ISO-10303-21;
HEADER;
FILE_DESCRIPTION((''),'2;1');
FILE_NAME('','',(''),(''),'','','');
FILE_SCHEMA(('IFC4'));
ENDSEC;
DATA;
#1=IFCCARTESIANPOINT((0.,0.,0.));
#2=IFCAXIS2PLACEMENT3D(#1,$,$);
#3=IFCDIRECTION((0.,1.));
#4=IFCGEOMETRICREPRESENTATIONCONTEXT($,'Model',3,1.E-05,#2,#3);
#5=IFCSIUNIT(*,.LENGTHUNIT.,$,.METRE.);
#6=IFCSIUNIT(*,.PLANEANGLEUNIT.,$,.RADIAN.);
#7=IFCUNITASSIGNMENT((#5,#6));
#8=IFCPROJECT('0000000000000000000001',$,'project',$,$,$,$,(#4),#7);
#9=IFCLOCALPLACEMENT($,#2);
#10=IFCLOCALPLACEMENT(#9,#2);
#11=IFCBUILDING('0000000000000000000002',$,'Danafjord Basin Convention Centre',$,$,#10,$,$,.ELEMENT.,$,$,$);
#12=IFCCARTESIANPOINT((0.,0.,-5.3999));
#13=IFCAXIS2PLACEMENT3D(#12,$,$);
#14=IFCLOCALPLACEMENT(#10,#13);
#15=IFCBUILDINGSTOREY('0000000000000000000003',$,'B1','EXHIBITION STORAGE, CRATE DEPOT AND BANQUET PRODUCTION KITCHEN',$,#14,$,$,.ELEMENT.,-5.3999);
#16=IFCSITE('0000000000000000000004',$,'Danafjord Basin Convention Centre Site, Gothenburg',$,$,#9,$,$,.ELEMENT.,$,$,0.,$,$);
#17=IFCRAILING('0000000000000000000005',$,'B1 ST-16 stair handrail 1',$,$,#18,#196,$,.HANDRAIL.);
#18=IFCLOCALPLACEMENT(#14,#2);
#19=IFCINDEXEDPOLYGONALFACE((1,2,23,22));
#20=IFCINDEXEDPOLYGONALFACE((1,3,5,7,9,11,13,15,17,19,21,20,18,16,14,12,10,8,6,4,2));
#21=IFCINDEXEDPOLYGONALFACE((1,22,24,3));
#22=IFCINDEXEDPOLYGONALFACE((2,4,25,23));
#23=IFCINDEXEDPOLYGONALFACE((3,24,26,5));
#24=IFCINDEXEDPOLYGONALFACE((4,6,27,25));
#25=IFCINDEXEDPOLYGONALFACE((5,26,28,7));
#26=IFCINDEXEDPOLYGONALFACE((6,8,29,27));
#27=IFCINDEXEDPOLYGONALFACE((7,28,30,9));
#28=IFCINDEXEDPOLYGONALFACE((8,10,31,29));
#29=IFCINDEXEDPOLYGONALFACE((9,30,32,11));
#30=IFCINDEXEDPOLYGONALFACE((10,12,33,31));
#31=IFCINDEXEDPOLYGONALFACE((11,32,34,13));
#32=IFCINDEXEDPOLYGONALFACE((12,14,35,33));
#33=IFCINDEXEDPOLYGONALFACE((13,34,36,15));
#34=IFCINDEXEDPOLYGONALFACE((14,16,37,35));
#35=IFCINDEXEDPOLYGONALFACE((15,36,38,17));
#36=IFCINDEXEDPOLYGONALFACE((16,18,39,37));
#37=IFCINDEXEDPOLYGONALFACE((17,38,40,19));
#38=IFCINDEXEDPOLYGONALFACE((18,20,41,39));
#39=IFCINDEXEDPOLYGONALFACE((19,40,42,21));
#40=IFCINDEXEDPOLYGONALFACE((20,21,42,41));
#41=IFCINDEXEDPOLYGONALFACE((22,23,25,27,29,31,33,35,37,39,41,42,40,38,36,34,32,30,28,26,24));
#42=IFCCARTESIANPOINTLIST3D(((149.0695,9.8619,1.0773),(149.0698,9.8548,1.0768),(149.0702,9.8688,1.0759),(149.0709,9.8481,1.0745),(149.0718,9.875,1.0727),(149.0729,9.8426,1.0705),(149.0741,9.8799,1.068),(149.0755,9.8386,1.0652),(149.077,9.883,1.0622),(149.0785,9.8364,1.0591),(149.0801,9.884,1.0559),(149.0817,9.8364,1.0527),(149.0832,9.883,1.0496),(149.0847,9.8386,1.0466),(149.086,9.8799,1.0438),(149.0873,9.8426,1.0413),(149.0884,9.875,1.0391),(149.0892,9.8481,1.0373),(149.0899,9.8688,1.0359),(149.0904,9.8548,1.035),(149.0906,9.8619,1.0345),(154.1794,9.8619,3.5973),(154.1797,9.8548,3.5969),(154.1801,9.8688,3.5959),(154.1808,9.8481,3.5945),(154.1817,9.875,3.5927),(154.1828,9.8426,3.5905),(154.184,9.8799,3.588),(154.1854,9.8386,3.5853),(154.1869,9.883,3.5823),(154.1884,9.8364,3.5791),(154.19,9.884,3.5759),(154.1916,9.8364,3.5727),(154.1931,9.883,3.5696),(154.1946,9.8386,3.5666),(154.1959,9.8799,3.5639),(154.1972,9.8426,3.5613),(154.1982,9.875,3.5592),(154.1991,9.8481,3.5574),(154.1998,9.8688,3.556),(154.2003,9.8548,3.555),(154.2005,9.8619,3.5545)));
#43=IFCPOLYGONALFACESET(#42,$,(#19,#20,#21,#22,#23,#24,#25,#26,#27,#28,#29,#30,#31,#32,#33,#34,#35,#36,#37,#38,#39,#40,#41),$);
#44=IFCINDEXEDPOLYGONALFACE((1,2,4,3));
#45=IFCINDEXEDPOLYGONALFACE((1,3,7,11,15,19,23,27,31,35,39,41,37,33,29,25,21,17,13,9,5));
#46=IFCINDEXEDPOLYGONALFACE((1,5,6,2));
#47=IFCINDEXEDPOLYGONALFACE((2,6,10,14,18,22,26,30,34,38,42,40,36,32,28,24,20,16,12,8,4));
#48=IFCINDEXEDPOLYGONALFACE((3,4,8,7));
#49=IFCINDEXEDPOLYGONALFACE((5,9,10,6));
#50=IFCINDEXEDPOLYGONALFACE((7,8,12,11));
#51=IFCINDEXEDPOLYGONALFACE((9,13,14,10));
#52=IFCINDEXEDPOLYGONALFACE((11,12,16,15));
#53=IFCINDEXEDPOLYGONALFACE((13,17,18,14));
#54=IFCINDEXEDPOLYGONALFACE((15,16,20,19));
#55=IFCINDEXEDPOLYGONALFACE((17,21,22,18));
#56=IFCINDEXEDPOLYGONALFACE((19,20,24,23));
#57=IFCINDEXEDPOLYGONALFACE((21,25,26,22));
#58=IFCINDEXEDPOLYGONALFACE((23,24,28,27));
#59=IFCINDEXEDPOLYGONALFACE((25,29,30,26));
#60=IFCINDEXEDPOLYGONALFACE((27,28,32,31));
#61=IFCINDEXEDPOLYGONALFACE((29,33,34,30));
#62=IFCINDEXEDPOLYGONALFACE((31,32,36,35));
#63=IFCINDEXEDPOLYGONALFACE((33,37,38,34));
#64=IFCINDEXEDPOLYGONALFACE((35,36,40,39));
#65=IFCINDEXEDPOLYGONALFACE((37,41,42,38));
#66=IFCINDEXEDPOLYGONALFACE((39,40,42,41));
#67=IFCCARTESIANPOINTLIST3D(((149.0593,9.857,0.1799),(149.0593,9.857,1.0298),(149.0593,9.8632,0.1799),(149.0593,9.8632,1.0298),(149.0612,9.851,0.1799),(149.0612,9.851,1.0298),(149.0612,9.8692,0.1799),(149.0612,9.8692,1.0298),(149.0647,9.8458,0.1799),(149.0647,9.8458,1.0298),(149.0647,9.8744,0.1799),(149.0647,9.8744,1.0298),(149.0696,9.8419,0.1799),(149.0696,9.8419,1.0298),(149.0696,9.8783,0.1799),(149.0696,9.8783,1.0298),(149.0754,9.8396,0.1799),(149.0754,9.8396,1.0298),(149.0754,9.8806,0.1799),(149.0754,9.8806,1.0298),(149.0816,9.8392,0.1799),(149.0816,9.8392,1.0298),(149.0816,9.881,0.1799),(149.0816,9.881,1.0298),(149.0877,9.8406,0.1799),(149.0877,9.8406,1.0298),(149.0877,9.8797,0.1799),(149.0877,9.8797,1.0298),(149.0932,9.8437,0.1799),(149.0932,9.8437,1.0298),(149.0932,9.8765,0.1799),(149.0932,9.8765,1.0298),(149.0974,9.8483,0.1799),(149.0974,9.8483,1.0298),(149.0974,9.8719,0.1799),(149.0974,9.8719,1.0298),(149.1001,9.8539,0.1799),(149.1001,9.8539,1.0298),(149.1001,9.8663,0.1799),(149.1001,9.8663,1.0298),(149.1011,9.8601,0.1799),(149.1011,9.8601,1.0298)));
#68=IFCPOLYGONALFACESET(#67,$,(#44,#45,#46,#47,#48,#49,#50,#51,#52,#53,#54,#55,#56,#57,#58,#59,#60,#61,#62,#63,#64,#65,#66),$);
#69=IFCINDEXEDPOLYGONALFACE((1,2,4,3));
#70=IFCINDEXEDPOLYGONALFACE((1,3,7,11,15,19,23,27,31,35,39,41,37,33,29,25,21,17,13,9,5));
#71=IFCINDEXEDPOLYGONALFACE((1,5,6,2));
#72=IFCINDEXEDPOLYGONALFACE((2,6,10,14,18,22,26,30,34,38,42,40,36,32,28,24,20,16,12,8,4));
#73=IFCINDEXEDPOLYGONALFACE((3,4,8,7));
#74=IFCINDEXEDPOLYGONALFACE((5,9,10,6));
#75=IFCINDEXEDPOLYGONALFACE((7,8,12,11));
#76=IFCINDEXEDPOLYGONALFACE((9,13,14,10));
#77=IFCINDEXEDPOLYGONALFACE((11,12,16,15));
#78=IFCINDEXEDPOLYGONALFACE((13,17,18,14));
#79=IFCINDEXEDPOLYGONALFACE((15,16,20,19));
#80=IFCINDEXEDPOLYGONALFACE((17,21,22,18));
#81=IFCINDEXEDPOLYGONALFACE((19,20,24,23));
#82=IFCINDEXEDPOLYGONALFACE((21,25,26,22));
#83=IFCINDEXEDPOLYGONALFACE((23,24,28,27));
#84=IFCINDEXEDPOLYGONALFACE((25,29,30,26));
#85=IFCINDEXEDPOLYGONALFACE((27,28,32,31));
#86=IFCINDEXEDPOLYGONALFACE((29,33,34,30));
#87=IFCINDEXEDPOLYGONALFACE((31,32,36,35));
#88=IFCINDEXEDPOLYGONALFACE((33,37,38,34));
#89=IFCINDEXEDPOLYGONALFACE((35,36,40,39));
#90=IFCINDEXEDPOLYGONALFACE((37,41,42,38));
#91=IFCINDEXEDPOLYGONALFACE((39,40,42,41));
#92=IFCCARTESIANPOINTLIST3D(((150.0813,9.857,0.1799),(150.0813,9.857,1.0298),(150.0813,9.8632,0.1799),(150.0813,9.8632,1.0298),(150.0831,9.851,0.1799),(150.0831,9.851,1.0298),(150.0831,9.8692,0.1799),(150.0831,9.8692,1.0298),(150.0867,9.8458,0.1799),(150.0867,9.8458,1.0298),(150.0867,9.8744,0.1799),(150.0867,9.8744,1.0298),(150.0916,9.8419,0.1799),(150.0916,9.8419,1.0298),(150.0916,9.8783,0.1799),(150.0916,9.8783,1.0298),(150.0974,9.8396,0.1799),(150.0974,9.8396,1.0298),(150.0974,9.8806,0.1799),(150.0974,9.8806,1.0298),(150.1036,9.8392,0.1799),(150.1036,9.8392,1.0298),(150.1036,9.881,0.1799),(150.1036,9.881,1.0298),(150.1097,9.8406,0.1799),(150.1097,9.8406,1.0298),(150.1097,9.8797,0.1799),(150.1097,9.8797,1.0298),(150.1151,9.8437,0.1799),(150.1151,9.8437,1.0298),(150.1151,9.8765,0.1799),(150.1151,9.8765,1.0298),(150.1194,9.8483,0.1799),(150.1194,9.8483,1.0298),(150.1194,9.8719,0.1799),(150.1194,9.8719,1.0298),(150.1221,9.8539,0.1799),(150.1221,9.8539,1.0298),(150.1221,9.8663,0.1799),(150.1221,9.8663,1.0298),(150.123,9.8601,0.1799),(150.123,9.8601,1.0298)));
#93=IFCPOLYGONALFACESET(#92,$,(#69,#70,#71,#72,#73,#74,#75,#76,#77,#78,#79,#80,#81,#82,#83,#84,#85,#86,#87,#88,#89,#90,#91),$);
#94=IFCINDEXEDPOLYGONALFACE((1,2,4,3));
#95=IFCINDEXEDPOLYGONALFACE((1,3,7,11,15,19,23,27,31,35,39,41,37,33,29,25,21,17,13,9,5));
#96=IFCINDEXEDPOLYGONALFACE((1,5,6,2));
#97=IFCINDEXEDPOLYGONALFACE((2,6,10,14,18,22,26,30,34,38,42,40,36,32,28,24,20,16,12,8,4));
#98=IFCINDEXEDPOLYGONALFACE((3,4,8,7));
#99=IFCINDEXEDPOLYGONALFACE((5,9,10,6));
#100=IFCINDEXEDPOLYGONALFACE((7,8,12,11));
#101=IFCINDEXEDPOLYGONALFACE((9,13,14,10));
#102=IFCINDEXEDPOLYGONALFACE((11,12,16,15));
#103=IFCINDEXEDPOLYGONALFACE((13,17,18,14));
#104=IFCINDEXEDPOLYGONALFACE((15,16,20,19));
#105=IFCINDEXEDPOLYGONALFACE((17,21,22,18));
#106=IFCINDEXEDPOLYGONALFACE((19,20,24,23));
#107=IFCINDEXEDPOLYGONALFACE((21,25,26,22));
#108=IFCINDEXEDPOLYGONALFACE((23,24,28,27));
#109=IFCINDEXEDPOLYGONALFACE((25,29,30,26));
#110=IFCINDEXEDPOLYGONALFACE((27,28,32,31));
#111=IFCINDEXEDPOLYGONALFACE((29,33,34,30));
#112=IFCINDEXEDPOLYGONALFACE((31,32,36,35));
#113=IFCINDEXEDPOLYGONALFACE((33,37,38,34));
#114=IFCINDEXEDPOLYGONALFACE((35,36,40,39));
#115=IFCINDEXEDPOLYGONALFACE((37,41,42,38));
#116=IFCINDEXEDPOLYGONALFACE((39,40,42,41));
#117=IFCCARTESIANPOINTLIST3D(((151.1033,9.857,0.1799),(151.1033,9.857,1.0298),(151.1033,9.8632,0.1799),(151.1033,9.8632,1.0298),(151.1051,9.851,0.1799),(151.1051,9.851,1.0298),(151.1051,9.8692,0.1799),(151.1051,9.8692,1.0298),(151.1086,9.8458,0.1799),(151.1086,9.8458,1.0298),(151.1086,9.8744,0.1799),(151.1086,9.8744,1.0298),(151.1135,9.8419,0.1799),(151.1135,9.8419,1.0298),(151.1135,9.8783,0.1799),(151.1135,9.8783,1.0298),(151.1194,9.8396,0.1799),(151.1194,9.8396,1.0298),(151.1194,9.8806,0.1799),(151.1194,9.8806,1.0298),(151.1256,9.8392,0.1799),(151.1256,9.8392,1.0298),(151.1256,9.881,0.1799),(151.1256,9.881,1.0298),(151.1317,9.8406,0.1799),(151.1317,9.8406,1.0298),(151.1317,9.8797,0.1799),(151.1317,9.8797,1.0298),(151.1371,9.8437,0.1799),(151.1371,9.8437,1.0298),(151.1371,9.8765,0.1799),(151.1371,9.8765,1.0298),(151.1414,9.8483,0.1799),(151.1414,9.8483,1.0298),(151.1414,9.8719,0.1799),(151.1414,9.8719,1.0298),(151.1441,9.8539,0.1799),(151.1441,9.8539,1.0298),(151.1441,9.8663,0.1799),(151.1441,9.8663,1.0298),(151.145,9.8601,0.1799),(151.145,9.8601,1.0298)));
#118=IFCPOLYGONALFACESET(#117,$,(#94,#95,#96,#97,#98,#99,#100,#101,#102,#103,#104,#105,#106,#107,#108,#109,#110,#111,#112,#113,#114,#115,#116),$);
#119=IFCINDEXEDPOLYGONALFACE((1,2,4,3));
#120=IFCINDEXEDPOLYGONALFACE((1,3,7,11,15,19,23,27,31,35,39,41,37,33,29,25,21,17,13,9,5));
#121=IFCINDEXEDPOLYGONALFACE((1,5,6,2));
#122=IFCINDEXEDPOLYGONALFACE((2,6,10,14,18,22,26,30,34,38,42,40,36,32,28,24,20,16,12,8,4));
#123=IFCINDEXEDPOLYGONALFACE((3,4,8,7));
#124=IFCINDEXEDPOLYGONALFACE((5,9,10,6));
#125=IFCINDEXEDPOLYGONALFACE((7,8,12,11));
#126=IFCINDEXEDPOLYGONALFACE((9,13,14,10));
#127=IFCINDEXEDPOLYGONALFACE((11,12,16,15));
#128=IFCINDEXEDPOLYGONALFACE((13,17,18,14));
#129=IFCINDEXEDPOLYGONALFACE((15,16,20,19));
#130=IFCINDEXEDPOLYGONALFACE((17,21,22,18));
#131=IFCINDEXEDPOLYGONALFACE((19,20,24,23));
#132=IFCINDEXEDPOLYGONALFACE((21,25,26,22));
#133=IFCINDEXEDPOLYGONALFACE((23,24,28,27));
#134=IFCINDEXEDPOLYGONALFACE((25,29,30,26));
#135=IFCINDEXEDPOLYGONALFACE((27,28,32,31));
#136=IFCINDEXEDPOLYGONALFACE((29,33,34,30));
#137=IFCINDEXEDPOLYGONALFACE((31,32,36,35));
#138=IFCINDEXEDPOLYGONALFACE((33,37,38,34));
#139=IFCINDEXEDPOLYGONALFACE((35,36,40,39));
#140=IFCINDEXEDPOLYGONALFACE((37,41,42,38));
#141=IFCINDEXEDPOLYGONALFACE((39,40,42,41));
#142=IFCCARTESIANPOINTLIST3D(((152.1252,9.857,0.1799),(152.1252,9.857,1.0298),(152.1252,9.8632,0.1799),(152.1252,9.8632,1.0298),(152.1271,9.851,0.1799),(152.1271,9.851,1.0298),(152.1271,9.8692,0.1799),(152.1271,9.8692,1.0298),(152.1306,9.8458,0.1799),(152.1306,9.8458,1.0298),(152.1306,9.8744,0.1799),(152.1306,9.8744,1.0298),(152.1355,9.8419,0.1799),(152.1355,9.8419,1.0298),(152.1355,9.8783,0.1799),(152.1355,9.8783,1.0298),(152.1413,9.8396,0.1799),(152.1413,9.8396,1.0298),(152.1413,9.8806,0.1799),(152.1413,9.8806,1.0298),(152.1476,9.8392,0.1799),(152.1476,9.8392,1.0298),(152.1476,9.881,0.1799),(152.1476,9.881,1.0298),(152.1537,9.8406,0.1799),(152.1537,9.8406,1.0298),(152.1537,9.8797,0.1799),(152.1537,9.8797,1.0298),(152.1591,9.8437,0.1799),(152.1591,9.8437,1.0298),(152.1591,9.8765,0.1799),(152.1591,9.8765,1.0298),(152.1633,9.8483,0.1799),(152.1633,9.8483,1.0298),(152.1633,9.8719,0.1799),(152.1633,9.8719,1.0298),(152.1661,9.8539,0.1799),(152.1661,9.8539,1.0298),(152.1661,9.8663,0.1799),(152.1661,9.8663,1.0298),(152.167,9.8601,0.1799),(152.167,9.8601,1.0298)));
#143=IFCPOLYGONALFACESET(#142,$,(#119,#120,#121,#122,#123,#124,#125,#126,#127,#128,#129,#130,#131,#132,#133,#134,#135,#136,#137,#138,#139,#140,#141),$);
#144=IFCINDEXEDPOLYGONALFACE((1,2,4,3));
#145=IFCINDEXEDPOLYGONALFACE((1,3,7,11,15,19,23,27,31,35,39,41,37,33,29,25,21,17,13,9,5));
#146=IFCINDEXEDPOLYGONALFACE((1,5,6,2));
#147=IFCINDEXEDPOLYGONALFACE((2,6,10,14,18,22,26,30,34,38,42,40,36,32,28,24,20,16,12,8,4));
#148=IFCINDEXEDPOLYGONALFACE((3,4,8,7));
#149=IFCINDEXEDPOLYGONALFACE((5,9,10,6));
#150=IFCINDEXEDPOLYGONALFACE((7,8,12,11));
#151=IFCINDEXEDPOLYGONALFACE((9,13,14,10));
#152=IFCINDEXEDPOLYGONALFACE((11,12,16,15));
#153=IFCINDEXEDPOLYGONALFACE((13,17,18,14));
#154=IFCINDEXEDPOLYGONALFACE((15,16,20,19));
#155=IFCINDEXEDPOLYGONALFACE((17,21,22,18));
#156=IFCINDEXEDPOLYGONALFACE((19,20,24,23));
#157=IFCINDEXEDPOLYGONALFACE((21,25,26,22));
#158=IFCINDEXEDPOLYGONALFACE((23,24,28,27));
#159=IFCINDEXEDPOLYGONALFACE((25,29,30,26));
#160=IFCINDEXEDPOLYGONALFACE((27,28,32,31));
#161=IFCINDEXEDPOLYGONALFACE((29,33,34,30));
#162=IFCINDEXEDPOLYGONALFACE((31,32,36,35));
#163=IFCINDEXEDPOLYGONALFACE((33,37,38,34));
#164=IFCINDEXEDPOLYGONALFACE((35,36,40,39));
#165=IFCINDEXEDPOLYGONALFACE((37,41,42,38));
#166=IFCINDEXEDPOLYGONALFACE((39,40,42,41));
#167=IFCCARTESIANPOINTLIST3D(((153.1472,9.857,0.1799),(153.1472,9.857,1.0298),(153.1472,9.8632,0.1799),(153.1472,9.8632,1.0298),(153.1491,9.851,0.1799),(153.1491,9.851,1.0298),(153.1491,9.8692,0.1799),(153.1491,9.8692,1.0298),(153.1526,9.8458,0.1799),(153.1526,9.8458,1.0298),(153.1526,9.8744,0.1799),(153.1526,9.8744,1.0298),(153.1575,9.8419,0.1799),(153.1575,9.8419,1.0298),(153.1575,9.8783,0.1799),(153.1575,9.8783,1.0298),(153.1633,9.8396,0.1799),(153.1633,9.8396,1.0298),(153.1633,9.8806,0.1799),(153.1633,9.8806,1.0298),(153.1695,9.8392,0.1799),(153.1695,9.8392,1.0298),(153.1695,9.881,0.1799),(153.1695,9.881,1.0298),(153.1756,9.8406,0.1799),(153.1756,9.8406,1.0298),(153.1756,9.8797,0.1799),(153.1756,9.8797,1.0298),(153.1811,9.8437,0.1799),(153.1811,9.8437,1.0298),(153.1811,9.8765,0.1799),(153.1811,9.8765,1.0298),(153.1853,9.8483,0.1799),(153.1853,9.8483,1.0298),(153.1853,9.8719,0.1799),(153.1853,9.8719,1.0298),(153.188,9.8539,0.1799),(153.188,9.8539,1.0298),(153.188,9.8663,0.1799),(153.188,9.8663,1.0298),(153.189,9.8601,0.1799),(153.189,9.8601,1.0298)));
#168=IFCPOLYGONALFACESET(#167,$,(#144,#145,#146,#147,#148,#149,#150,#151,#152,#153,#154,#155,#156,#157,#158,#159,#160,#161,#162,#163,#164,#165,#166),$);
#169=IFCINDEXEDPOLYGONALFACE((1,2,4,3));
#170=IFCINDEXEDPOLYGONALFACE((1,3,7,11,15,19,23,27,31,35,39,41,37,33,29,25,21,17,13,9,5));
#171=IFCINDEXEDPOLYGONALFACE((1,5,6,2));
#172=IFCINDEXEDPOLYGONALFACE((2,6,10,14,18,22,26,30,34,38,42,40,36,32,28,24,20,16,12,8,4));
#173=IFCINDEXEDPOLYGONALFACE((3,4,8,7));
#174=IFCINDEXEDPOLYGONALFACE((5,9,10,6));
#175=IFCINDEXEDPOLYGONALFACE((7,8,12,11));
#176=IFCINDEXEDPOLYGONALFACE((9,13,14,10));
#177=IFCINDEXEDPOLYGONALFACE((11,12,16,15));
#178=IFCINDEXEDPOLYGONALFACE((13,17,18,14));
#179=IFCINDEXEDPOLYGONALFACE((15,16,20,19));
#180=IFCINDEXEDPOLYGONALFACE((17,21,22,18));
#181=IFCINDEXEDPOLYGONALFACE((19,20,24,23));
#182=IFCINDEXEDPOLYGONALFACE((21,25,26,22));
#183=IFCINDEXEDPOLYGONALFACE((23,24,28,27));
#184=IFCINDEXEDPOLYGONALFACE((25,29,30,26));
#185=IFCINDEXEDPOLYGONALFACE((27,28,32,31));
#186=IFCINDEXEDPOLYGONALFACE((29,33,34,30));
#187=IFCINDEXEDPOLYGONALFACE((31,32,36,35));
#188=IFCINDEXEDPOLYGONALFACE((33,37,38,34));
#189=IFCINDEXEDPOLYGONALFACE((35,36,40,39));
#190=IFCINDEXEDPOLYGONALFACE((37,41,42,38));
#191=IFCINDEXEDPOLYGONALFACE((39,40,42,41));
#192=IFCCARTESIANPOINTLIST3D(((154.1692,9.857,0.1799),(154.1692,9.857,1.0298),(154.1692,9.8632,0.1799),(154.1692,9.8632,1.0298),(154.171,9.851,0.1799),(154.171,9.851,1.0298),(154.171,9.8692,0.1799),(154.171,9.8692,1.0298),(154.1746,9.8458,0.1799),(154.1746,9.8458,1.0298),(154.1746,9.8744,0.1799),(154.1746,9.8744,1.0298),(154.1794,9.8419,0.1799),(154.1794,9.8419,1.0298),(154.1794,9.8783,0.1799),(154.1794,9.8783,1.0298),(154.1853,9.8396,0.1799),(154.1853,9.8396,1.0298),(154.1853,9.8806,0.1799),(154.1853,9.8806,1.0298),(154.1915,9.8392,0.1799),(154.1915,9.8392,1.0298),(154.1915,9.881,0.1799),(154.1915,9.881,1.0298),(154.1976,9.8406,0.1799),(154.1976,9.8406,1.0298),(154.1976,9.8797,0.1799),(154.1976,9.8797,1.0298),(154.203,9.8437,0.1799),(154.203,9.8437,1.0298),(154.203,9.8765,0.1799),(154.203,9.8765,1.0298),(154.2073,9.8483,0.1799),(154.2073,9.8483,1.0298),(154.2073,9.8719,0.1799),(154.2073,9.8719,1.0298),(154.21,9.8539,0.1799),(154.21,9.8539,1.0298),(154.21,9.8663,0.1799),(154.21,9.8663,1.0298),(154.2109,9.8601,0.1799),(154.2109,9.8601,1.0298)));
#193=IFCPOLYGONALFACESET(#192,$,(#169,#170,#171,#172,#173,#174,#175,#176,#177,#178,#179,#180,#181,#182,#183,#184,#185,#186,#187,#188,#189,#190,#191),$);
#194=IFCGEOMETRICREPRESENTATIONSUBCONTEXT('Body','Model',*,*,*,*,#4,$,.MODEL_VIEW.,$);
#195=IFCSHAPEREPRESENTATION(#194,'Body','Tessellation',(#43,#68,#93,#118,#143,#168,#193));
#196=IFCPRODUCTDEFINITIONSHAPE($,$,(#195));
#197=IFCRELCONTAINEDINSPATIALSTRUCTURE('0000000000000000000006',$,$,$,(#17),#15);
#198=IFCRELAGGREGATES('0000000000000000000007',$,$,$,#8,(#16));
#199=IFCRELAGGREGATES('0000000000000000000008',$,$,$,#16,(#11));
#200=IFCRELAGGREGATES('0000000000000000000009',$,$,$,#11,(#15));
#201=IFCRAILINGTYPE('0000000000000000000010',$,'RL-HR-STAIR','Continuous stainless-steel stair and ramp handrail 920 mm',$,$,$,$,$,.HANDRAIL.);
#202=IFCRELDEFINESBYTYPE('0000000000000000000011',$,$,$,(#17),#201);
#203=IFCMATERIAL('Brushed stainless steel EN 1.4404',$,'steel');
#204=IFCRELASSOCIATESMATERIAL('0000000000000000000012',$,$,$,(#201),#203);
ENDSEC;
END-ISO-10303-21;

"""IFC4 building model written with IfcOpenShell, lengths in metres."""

from ifc_helpers import new_model, si_unit, direction, frame, origin, origin_2d, place, context, subcontext, project, spatial, circle, extrude, material, type_object, element, save


model = new_model("IFC4")

# Units and contexts
model_context = context("Model", 3, precision=1e-05, world=origin(), true_north=direction((0.0, 1.0)))
body_context = subcontext(model_context, "Body", "Model", "MODEL_VIEW")
ifc_project = project(units=[si_unit("LENGTHUNIT", "METRE"), si_unit("PLANEANGLEUNIT", "RADIAN")], contexts=[model_context])

# Site, building, storey
site_placement = place(None, origin())
site = spatial("IfcSite", under=ifc_project, at=site_placement, Name="Danafjord Basin Convention Centre Site, Gothenburg", CompositionType="ELEMENT", RefElevation=0.0)
building_placement = place(site_placement, origin())
building = spatial("IfcBuilding", under=site, at=building_placement, Name="Danafjord Basin Convention Centre", CompositionType="ELEMENT")
storey_placement = place(building_placement, frame((0.0, 0.0, -5.3999)))
storey = spatial("IfcBuildingStorey", under=building, at=storey_placement, Name="B1", Description="EXHIBITION STORAGE, CRATE DEPOT AND BANQUET PRODUCTION KITCHEN", CompositionType="ELEMENT", Elevation=-5.3999)

# Railing
ifc_material_1 = material(Name="Brushed stainless steel EN 1.4404", Category="steel")
railing_type_1 = type_object("IfcRailingType", Name="RL-HR-STAIR", Description="Continuous stainless-steel stair and ramp handrail 920 mm", PredefinedType="HANDRAIL", material=ifc_material_1)
railing_1_placement = place(storey_placement, frame((149.0801, 9.8601, 0.1799)))
element("IfcRailing", 1, at=railing_1_placement, inside=storey, type_object=railing_type_1, Name="B1 ST-16 stair handrail 1", PredefinedType="HANDRAIL", context=body_context, shape_type="SweptSolid", body=[
    extrude(circle(Radius=0.0239, at=origin_2d()), frame((0.0, 0.0, 0.876), z_axis=(0.896865, 0.0, 0.442305), x_axis=(0.0, 1.0, 0.0)), (0.0, 0.0, 1.0), 5.6975),
    extrude(circle(Radius=0.021, at=origin_2d()), origin(), (0.0, 0.0, 1.0), 0.8499),
    extrude(circle(Radius=0.021, at=origin_2d()), frame((1.022, 0.0, 0.0)), (0.0, 0.0, 1.0), 0.8499),
    extrude(circle(Radius=0.021, at=origin_2d()), frame((2.0439, 0.0, 0.0)), (0.0, 0.0, 1.0), 0.8499),
    extrude(circle(Radius=0.021, at=origin_2d()), frame((3.0659, 0.0, 0.0)), (0.0, 0.0, 1.0), 0.8499),
    extrude(circle(Radius=0.021, at=origin_2d()), frame((4.0879, 0.0, 0.0)), (0.0, 0.0, 1.0), 0.8499),
    extrude(circle(Radius=0.021, at=origin_2d()), frame((5.1099, 0.0, 0.0)), (0.0, 0.0, 1.0), 0.8499),
])

save(model, "model.ifc")
